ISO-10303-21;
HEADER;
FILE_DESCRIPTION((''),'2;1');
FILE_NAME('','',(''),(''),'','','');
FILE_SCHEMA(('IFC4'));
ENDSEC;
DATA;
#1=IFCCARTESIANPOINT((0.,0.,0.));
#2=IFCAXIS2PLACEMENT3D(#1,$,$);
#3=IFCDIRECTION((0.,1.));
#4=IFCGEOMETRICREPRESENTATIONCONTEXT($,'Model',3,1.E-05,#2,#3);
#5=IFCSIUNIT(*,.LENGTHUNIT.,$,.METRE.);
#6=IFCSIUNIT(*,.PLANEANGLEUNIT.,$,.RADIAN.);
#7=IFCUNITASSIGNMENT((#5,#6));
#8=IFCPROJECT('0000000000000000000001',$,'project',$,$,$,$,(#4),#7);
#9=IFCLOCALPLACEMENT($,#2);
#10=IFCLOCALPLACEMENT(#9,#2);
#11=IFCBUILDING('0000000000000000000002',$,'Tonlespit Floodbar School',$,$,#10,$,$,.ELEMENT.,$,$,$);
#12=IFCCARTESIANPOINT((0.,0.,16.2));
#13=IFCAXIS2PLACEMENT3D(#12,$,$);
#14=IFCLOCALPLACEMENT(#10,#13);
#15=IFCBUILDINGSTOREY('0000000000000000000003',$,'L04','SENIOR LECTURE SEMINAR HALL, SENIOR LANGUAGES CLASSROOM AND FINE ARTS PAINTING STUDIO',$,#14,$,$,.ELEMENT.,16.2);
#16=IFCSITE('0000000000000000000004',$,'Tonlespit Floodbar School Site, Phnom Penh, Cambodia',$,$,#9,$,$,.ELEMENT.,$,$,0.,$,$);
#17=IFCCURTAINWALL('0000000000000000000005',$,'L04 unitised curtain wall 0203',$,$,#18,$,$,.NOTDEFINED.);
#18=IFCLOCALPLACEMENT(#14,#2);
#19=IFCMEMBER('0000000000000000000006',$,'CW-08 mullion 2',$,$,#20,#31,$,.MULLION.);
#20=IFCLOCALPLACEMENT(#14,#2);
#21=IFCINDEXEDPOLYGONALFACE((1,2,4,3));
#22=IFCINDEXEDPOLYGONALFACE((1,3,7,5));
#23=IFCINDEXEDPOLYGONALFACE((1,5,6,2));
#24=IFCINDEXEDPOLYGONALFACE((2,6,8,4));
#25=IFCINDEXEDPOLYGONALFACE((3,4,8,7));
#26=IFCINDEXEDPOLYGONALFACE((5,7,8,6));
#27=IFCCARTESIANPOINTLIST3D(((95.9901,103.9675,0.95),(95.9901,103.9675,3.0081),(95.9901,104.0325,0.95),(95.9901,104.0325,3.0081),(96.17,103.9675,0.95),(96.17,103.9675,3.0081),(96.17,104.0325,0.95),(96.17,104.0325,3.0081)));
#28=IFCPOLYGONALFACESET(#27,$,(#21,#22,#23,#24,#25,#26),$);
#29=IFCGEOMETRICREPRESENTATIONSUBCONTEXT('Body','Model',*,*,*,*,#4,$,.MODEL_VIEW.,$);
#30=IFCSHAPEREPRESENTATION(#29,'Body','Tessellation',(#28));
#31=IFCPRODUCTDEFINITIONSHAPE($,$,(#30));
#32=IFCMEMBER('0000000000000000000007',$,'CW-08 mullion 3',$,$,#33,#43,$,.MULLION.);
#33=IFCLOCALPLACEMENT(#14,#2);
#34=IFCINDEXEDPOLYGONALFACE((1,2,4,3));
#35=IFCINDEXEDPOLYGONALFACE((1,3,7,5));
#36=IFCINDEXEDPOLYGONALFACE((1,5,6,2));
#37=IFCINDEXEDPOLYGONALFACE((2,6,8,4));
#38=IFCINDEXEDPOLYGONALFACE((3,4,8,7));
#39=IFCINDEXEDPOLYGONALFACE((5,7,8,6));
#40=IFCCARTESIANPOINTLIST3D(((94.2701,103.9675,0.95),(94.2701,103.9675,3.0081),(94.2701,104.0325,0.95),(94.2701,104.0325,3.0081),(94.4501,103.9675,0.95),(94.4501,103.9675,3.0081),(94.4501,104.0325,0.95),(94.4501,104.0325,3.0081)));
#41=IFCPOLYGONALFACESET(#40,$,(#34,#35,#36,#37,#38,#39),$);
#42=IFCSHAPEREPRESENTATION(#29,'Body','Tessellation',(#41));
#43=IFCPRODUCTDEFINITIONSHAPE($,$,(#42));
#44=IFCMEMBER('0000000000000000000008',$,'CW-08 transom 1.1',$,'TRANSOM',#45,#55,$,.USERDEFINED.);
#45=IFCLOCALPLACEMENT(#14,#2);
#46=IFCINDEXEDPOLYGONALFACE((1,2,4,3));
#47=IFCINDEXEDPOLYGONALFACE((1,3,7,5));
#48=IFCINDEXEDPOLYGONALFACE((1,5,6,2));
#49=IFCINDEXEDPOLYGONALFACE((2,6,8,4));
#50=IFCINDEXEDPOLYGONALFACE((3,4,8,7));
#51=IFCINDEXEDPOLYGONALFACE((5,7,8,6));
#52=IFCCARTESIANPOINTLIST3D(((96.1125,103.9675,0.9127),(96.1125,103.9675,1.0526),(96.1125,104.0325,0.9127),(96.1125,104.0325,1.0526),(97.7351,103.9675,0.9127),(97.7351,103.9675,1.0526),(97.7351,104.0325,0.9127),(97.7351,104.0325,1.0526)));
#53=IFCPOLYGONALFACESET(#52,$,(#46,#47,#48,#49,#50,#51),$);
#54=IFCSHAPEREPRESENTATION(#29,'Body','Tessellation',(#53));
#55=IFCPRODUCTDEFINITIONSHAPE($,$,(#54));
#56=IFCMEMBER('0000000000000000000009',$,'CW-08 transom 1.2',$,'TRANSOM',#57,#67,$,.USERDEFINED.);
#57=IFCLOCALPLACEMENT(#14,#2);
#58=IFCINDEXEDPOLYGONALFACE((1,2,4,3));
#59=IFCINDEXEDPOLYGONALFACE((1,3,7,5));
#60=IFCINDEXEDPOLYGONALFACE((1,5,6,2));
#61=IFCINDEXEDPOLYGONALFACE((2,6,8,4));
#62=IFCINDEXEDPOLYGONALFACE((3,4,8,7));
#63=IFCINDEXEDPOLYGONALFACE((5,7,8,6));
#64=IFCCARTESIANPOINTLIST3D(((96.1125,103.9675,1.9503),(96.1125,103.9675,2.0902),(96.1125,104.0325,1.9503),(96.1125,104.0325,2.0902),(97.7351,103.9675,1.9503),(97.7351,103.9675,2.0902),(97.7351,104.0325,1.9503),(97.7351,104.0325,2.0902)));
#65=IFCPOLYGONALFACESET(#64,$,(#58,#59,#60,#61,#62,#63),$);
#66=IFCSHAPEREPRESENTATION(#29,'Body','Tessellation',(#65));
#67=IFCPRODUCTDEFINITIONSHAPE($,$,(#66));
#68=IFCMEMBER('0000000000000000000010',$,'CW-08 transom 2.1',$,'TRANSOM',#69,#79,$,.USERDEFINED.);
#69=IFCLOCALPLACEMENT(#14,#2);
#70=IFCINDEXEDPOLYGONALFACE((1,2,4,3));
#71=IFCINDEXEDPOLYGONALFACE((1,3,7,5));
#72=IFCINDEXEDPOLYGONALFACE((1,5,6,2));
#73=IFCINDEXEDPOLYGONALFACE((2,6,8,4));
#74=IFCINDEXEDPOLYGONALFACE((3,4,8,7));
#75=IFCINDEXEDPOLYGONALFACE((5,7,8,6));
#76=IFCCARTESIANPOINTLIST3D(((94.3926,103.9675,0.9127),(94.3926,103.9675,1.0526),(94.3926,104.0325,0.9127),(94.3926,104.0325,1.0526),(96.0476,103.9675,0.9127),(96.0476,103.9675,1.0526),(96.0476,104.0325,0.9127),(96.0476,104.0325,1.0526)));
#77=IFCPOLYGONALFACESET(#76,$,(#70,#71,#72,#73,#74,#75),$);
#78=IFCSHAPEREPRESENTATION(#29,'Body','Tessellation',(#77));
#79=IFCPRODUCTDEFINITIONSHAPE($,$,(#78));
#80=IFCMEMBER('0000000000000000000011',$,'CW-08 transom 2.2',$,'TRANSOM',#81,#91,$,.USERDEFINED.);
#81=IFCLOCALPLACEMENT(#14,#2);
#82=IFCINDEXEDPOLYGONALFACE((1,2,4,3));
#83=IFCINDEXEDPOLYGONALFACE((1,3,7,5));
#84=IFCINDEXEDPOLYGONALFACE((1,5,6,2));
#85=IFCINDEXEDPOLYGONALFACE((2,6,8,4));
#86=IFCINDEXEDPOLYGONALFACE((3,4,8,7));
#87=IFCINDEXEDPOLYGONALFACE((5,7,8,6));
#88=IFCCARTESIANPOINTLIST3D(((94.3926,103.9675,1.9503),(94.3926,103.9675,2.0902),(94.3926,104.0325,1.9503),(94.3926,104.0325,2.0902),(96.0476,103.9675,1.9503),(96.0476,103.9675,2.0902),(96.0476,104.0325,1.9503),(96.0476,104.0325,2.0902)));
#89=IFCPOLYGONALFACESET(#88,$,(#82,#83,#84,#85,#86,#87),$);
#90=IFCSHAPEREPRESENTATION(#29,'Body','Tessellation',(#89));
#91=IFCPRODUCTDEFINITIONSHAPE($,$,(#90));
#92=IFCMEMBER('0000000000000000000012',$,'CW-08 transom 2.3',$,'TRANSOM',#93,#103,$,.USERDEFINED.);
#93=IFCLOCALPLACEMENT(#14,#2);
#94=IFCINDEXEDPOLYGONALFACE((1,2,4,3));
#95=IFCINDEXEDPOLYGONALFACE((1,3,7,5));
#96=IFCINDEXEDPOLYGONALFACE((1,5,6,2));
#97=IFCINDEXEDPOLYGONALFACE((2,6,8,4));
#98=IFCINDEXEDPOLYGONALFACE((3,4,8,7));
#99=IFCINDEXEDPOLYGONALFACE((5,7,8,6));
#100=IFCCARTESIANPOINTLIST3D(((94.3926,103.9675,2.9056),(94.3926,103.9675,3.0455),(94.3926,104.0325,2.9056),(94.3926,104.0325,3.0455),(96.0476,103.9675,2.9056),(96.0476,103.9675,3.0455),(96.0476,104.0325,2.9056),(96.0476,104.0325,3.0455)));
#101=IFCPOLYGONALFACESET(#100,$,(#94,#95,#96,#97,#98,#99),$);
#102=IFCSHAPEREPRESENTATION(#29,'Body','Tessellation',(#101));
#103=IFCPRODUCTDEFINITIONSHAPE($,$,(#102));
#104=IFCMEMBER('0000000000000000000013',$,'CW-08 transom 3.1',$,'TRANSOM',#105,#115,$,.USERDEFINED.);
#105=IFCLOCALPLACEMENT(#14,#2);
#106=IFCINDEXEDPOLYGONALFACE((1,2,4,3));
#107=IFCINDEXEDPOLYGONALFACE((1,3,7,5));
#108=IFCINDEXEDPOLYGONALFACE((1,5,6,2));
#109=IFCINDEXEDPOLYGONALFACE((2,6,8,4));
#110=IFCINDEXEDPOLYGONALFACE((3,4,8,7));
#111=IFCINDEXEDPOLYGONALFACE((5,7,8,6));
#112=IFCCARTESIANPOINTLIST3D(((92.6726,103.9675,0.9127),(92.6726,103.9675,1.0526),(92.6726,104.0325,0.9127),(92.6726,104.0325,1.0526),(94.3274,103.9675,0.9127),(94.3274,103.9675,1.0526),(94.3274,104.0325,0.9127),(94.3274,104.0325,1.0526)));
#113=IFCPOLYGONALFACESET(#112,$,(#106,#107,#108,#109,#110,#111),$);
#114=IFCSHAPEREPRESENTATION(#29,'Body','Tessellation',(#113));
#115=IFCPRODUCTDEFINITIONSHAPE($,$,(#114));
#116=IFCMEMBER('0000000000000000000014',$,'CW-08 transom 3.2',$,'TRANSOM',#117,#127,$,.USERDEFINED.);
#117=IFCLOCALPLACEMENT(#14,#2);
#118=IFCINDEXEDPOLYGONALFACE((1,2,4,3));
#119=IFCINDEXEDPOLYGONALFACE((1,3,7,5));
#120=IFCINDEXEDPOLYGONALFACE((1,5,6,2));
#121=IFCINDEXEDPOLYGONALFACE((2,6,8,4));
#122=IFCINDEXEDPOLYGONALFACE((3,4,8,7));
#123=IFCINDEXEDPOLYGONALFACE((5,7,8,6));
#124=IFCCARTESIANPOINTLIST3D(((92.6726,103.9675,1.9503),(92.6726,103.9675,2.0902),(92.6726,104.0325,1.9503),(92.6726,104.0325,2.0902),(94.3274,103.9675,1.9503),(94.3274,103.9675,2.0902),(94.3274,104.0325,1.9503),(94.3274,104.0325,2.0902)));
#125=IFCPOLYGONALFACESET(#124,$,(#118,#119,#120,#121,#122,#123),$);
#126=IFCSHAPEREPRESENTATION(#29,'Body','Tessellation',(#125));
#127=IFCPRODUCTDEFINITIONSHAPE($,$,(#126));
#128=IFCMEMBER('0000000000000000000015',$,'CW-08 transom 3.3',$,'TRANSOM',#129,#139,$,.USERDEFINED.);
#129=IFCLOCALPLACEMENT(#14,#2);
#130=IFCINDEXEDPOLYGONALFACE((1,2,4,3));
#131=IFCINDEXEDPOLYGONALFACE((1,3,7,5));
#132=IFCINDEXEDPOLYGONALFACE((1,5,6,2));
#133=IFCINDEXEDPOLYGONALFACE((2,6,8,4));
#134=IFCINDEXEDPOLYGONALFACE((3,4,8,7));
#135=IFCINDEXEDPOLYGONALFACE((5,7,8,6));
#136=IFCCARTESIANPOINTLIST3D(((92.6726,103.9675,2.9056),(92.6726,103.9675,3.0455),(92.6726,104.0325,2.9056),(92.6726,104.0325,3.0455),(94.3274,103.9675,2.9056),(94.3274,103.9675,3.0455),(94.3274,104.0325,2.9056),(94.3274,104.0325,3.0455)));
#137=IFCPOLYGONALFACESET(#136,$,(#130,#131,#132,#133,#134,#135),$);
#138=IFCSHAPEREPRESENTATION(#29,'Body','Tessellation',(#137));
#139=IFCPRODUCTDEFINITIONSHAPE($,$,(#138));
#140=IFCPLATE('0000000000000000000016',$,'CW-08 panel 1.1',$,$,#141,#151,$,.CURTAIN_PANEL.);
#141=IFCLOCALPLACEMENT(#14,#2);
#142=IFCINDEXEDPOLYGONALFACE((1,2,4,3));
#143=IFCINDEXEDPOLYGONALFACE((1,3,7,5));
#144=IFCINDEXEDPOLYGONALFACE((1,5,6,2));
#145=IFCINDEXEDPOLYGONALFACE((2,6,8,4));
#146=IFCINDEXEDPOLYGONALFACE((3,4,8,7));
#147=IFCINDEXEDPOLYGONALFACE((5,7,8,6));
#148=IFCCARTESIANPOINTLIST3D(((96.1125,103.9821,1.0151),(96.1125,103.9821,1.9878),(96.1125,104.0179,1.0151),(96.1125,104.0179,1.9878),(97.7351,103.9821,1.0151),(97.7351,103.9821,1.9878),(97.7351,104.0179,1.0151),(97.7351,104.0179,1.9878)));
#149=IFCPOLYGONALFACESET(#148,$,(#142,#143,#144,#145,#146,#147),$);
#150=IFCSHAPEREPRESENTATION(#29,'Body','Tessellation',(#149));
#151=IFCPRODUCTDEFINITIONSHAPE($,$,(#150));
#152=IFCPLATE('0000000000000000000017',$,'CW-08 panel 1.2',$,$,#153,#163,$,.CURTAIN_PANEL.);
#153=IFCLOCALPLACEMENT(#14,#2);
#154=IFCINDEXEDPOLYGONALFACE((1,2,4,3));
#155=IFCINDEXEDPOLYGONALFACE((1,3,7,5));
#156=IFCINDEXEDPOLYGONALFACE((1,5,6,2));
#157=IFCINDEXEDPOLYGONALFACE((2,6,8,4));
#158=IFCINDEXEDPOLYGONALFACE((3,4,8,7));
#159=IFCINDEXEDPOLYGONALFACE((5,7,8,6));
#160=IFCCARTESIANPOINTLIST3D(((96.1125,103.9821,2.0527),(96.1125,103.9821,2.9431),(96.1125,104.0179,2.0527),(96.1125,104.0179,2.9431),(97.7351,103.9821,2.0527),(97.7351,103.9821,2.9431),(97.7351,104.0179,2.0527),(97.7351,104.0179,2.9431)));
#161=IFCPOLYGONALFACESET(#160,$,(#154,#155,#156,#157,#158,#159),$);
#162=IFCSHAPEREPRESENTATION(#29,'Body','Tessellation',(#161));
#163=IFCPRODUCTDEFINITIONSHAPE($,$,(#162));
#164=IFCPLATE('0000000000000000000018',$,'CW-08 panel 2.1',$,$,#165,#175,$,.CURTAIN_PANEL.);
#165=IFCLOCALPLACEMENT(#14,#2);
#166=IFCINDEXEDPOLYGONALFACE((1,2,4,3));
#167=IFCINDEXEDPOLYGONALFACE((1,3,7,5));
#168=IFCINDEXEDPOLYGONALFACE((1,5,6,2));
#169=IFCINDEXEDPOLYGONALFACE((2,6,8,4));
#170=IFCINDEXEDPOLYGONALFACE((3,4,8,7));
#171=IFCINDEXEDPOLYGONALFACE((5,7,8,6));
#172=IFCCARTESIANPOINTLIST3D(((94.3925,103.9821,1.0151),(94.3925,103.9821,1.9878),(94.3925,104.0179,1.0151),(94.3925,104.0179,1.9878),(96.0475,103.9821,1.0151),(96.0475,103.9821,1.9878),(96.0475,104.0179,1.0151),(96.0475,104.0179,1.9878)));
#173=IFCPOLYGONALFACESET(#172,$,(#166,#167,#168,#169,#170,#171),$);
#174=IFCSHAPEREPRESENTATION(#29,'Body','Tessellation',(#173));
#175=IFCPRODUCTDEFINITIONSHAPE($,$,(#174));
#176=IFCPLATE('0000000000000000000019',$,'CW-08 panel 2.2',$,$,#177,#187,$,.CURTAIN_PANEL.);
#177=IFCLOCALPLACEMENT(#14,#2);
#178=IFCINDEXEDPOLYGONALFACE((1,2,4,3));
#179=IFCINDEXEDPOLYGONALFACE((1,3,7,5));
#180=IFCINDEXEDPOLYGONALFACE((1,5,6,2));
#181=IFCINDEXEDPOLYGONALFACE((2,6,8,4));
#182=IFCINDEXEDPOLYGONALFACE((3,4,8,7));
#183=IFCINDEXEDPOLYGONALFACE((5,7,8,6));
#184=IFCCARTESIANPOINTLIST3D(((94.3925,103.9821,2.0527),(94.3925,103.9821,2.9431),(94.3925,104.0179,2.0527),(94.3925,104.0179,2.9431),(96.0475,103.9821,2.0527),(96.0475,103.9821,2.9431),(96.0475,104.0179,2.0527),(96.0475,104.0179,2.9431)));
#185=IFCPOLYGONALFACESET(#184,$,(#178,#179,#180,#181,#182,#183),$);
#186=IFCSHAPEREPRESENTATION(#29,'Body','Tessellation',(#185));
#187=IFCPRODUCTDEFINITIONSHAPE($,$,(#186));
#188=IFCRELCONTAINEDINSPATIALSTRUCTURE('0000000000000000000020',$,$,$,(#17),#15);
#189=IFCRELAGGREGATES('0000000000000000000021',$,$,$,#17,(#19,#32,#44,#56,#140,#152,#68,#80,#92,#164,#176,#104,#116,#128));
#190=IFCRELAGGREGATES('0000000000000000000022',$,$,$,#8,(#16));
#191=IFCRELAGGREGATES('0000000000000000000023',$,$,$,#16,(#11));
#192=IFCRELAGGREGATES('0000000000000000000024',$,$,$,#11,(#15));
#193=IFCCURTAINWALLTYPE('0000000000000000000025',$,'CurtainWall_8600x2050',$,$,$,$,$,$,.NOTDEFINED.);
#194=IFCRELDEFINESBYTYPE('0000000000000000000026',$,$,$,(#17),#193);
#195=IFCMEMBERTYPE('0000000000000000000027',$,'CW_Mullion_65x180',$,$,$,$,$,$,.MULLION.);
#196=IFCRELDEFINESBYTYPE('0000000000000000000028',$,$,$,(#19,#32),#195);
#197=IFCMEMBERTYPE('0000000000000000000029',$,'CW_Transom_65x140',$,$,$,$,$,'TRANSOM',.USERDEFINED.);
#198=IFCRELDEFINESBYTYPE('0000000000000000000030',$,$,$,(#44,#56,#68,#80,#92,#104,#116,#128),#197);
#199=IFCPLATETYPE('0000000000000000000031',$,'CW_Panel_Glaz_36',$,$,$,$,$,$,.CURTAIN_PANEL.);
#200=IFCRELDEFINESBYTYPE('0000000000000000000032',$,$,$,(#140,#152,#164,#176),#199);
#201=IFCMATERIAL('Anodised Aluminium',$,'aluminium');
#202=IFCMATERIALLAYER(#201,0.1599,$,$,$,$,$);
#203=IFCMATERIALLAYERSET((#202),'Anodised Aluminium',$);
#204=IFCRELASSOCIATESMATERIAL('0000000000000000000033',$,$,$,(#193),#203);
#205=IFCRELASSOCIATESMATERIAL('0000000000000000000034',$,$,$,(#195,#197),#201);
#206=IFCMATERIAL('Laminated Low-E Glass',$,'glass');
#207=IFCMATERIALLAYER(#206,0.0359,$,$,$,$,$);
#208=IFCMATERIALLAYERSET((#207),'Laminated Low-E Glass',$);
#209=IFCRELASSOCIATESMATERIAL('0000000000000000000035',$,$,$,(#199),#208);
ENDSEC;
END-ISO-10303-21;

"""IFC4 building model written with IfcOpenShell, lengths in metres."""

from ifc_helpers import new_model, si_unit, direction, frame, origin, origin_2d, place, context, subcontext, project, spatial, rectangle, extrude, material, layer, layer_set, material_profile, profile_set, type_object, element, aggregate, save


model = new_model("IFC4")

# Units and contexts
model_context = context("Model", 3, precision=1e-05, world=origin(), true_north=direction((0.0, 1.0)))
body_context = subcontext(model_context, "Body", "Model", "MODEL_VIEW")
ifc_project = project(units=[si_unit("LENGTHUNIT", "METRE"), si_unit("PLANEANGLEUNIT", "RADIAN")], contexts=[model_context])

# Site, building, storey
site_placement = place(None, origin())
site = spatial("IfcSite", under=ifc_project, at=site_placement, Name="Tonlespit Floodbar School Site, Phnom Penh, Cambodia", CompositionType="ELEMENT", RefElevation=0.0)
building_placement = place(site_placement, origin())
building = spatial("IfcBuilding", under=site, at=building_placement, Name="Tonlespit Floodbar School", CompositionType="ELEMENT")
storey_placement = place(building_placement, frame((0.0, 0.0, 16.2)))
storey = spatial("IfcBuildingStorey", under=building, at=storey_placement, Name="L04", Description="SENIOR LECTURE SEMINAR HALL, SENIOR LANGUAGES CLASSROOM AND FINE ARTS PAINTING STUDIO", CompositionType="ELEMENT", Elevation=16.2)

# Curtain wall, members, plates
ifc_material_1 = material(Name="Anodised Aluminium", Category="aluminium")
ifc_layer_1 = layer(ifc_material_1, 0.1599)
ifc_layer_set_1 = layer_set([ifc_layer_1], Name="Anodised Aluminium")
curtain_wall_type = type_object("IfcCurtainWallType", Name="CurtainWall_8600x2050", PredefinedType="NOTDEFINED", material=ifc_layer_set_1)
curtain_wall_placement = place(storey_placement, origin())
curtain_wall = element("IfcCurtainWall", 1, at=curtain_wall_placement, inside=storey, type_object=curtain_wall_type, Name="L04 unitised curtain wall 0203", PredefinedType="NOTDEFINED")
ifc_material_profile_1 = material_profile(ifc_material_1, rectangle(XDim=0.0649, YDim=0.1799, at=origin_2d()), Name="ALU M65x180")
ifc_profile_set_1 = profile_set([ifc_material_profile_1], Name="Anodised Aluminium")
member_type_1 = type_object("IfcMemberType", Name="CW_Mullion_65x180", PredefinedType="MULLION", material=ifc_profile_set_1)
member_1_placement = place(storey_placement, frame((96.0801, 104.0, 0.95), z_axis=(0.0, 0.0, 1.0), x_axis=(0.0, -1.0, 0.0)))
member_1 = element("IfcMember", 2, at=member_1_placement, type_object=member_type_1, Name="CW-08 mullion 2", PredefinedType="MULLION", context=body_context, shape_type="SweptSolid", body=[
    extrude(rectangle(XDim=0.0649, YDim=0.1799, at=origin_2d()), origin(), (0.0, 0.0, 1.0), 2.0581),
])
member_2_placement = place(storey_placement, frame((94.3601, 104.0, 0.95), z_axis=(0.0, 0.0, 1.0), x_axis=(0.0, -1.0, 0.0)))
member_2 = element("IfcMember", 3, at=member_2_placement, type_object=member_type_1, Name="CW-08 mullion 3", PredefinedType="MULLION", context=body_context, shape_type="SweptSolid", body=[
    extrude(rectangle(XDim=0.0649, YDim=0.1799, at=origin_2d()), origin(), (0.0, 0.0, 1.0), 2.0581),
])
ifc_material_profile_2 = material_profile(ifc_material_1, rectangle(XDim=0.0649, YDim=0.1399, at=origin_2d()), Name="ALU T65x140")
ifc_profile_set_2 = profile_set([ifc_material_profile_2], Name="Anodised Aluminium")
member_type_2 = type_object("IfcMemberType", Name="CW_Transom_65x140", ElementType="TRANSOM", PredefinedType="USERDEFINED", material=ifc_profile_set_2)
member_3_placement = place(storey_placement, frame((97.7351, 104.0, 0.9827), z_axis=(-1.0, 0.0, 0.0), x_axis=(0.0, -1.0, 0.0)))
member_3 = element("IfcMember", 4, at=member_3_placement, type_object=member_type_2, Name="CW-08 transom 1.1", ObjectType="TRANSOM", PredefinedType="USERDEFINED", context=body_context, shape_type="SweptSolid", body=[
    extrude(rectangle(XDim=0.0649, YDim=0.1399, at=origin_2d()), origin(), (0.0, 0.0, 1.0), 1.6226),
])
member_4_placement = place(storey_placement, frame((97.7351, 104.0, 2.0203), z_axis=(-1.0, 0.0, 0.0), x_axis=(0.0, -1.0, 0.0)))
member_4 = element("IfcMember", 5, at=member_4_placement, type_object=member_type_2, Name="CW-08 transom 1.2", ObjectType="TRANSOM", PredefinedType="USERDEFINED", context=body_context, shape_type="SweptSolid", body=[
    extrude(rectangle(XDim=0.0649, YDim=0.1399, at=origin_2d()), origin(), (0.0, 0.0, 1.0), 1.6226),
])
member_5_placement = place(storey_placement, frame((96.0476, 104.0, 0.9827), z_axis=(-1.0, 0.0, 0.0), x_axis=(0.0, -1.0, 0.0)))
member_5 = element("IfcMember", 6, at=member_5_placement, type_object=member_type_2, Name="CW-08 transom 2.1", ObjectType="TRANSOM", PredefinedType="USERDEFINED", context=body_context, shape_type="SweptSolid", body=[
    extrude(rectangle(XDim=0.0649, YDim=0.1399, at=origin_2d()), origin(), (0.0, 0.0, 1.0), 1.655),
])
member_6_placement = place(storey_placement, frame((96.0476, 104.0, 2.0203), z_axis=(-1.0, 0.0, 0.0), x_axis=(0.0, -1.0, 0.0)))
member_6 = element("IfcMember", 7, at=member_6_placement, type_object=member_type_2, Name="CW-08 transom 2.2", ObjectType="TRANSOM", PredefinedType="USERDEFINED", context=body_context, shape_type="SweptSolid", body=[
    extrude(rectangle(XDim=0.0649, YDim=0.1399, at=origin_2d()), origin(), (0.0, 0.0, 1.0), 1.655),
])
member_7_placement = place(storey_placement, frame((96.0476, 104.0, 2.9756), z_axis=(-1.0, 0.0, 0.0), x_axis=(0.0, -1.0, 0.0)))
member_7 = element("IfcMember", 8, at=member_7_placement, type_object=member_type_2, Name="CW-08 transom 2.3", ObjectType="TRANSOM", PredefinedType="USERDEFINED", context=body_context, shape_type="SweptSolid", body=[
    extrude(rectangle(XDim=0.0649, YDim=0.1399, at=origin_2d()), origin(), (0.0, 0.0, 1.0), 1.655),
])
member_8_placement = place(storey_placement, frame((94.3274, 104.0, 0.9827), z_axis=(-1.0, 0.0, 0.0), x_axis=(0.0, -1.0, 0.0)))
member_8 = element("IfcMember", 9, at=member_8_placement, type_object=member_type_2, Name="CW-08 transom 3.1", ObjectType="TRANSOM", PredefinedType="USERDEFINED", context=body_context, shape_type="SweptSolid", body=[
    extrude(rectangle(XDim=0.0649, YDim=0.1399, at=origin_2d()), origin(), (0.0, 0.0, 1.0), 1.6548),
])
member_9_placement = place(storey_placement, frame((94.3274, 104.0, 2.0203), z_axis=(-1.0, 0.0, 0.0), x_axis=(0.0, -1.0, 0.0)))
member_9 = element("IfcMember", 10, at=member_9_placement, type_object=member_type_2, Name="CW-08 transom 3.2", ObjectType="TRANSOM", PredefinedType="USERDEFINED", context=body_context, shape_type="SweptSolid", body=[
    extrude(rectangle(XDim=0.0649, YDim=0.1399, at=origin_2d()), origin(), (0.0, 0.0, 1.0), 1.6548),
])
member_10_placement = place(storey_placement, frame((94.3274, 104.0, 2.9756), z_axis=(-1.0, 0.0, 0.0), x_axis=(0.0, -1.0, 0.0)))
member_10 = element("IfcMember", 11, at=member_10_placement, type_object=member_type_2, Name="CW-08 transom 3.3", ObjectType="TRANSOM", PredefinedType="USERDEFINED", context=body_context, shape_type="SweptSolid", body=[
    extrude(rectangle(XDim=0.0649, YDim=0.1399, at=origin_2d()), origin(), (0.0, 0.0, 1.0), 1.6548),
])
ifc_material_2 = material(Name="Laminated Low-E Glass", Category="glass")
ifc_layer_2 = layer(ifc_material_2, 0.0359)
ifc_layer_set_2 = layer_set([ifc_layer_2], Name="Laminated Low-E Glass")
plate_type_1 = type_object("IfcPlateType", Name="CW_Panel_Glaz_36", PredefinedType="CURTAIN_PANEL", material=ifc_layer_set_2)
plate_1_placement = place(storey_placement, frame((96.9238, 104.0, 1.0151), z_axis=(0.0, 0.0, 1.0), x_axis=(-1.0, 0.0, 0.0)))
plate_1 = element("IfcPlate", 12, at=plate_1_placement, type_object=plate_type_1, Name="CW-08 panel 1.1", PredefinedType="CURTAIN_PANEL", context=body_context, shape_type="SweptSolid", body=[
    extrude(rectangle(XDim=1.6226, YDim=0.0359, at=origin_2d()), origin(), (0.0, 0.0, 1.0), 0.9727),
])
plate_2_placement = place(storey_placement, frame((96.9238, 104.0, 2.0527), z_axis=(0.0, 0.0, 1.0), x_axis=(-1.0, 0.0, 0.0)))
plate_2 = element("IfcPlate", 13, at=plate_2_placement, type_object=plate_type_1, Name="CW-08 panel 1.2", PredefinedType="CURTAIN_PANEL", context=body_context, shape_type="SweptSolid", body=[
    extrude(rectangle(XDim=1.6226, YDim=0.0359, at=origin_2d()), origin(), (0.0, 0.0, 1.0), 0.8904),
])
plate_3_placement = place(storey_placement, frame((95.22, 104.0, 1.0151), z_axis=(0.0, 0.0, 1.0), x_axis=(-1.0, 0.0, 0.0)))
plate_3 = element("IfcPlate", 14, at=plate_3_placement, type_object=plate_type_1, Name="CW-08 panel 2.1", PredefinedType="CURTAIN_PANEL", context=body_context, shape_type="SweptSolid", body=[
    extrude(rectangle(XDim=1.655, YDim=0.0359, at=origin_2d()), origin(), (0.0, 0.0, 1.0), 0.9727),
])
plate_4_placement = place(storey_placement, frame((95.22, 104.0, 2.0527), z_axis=(0.0, 0.0, 1.0), x_axis=(-1.0, 0.0, 0.0)))
plate_4 = element("IfcPlate", 15, at=plate_4_placement, type_object=plate_type_1, Name="CW-08 panel 2.2", PredefinedType="CURTAIN_PANEL", context=body_context, shape_type="SweptSolid", body=[
    extrude(rectangle(XDim=1.655, YDim=0.0359, at=origin_2d()), origin(), (0.0, 0.0, 1.0), 0.8904),
])
aggregate(curtain_wall, [member_1, member_2, member_3, member_4, plate_1, plate_2, member_5, member_6, member_7, plate_3, plate_4, member_8, member_9, member_10])

save(model, "model.ifc")
